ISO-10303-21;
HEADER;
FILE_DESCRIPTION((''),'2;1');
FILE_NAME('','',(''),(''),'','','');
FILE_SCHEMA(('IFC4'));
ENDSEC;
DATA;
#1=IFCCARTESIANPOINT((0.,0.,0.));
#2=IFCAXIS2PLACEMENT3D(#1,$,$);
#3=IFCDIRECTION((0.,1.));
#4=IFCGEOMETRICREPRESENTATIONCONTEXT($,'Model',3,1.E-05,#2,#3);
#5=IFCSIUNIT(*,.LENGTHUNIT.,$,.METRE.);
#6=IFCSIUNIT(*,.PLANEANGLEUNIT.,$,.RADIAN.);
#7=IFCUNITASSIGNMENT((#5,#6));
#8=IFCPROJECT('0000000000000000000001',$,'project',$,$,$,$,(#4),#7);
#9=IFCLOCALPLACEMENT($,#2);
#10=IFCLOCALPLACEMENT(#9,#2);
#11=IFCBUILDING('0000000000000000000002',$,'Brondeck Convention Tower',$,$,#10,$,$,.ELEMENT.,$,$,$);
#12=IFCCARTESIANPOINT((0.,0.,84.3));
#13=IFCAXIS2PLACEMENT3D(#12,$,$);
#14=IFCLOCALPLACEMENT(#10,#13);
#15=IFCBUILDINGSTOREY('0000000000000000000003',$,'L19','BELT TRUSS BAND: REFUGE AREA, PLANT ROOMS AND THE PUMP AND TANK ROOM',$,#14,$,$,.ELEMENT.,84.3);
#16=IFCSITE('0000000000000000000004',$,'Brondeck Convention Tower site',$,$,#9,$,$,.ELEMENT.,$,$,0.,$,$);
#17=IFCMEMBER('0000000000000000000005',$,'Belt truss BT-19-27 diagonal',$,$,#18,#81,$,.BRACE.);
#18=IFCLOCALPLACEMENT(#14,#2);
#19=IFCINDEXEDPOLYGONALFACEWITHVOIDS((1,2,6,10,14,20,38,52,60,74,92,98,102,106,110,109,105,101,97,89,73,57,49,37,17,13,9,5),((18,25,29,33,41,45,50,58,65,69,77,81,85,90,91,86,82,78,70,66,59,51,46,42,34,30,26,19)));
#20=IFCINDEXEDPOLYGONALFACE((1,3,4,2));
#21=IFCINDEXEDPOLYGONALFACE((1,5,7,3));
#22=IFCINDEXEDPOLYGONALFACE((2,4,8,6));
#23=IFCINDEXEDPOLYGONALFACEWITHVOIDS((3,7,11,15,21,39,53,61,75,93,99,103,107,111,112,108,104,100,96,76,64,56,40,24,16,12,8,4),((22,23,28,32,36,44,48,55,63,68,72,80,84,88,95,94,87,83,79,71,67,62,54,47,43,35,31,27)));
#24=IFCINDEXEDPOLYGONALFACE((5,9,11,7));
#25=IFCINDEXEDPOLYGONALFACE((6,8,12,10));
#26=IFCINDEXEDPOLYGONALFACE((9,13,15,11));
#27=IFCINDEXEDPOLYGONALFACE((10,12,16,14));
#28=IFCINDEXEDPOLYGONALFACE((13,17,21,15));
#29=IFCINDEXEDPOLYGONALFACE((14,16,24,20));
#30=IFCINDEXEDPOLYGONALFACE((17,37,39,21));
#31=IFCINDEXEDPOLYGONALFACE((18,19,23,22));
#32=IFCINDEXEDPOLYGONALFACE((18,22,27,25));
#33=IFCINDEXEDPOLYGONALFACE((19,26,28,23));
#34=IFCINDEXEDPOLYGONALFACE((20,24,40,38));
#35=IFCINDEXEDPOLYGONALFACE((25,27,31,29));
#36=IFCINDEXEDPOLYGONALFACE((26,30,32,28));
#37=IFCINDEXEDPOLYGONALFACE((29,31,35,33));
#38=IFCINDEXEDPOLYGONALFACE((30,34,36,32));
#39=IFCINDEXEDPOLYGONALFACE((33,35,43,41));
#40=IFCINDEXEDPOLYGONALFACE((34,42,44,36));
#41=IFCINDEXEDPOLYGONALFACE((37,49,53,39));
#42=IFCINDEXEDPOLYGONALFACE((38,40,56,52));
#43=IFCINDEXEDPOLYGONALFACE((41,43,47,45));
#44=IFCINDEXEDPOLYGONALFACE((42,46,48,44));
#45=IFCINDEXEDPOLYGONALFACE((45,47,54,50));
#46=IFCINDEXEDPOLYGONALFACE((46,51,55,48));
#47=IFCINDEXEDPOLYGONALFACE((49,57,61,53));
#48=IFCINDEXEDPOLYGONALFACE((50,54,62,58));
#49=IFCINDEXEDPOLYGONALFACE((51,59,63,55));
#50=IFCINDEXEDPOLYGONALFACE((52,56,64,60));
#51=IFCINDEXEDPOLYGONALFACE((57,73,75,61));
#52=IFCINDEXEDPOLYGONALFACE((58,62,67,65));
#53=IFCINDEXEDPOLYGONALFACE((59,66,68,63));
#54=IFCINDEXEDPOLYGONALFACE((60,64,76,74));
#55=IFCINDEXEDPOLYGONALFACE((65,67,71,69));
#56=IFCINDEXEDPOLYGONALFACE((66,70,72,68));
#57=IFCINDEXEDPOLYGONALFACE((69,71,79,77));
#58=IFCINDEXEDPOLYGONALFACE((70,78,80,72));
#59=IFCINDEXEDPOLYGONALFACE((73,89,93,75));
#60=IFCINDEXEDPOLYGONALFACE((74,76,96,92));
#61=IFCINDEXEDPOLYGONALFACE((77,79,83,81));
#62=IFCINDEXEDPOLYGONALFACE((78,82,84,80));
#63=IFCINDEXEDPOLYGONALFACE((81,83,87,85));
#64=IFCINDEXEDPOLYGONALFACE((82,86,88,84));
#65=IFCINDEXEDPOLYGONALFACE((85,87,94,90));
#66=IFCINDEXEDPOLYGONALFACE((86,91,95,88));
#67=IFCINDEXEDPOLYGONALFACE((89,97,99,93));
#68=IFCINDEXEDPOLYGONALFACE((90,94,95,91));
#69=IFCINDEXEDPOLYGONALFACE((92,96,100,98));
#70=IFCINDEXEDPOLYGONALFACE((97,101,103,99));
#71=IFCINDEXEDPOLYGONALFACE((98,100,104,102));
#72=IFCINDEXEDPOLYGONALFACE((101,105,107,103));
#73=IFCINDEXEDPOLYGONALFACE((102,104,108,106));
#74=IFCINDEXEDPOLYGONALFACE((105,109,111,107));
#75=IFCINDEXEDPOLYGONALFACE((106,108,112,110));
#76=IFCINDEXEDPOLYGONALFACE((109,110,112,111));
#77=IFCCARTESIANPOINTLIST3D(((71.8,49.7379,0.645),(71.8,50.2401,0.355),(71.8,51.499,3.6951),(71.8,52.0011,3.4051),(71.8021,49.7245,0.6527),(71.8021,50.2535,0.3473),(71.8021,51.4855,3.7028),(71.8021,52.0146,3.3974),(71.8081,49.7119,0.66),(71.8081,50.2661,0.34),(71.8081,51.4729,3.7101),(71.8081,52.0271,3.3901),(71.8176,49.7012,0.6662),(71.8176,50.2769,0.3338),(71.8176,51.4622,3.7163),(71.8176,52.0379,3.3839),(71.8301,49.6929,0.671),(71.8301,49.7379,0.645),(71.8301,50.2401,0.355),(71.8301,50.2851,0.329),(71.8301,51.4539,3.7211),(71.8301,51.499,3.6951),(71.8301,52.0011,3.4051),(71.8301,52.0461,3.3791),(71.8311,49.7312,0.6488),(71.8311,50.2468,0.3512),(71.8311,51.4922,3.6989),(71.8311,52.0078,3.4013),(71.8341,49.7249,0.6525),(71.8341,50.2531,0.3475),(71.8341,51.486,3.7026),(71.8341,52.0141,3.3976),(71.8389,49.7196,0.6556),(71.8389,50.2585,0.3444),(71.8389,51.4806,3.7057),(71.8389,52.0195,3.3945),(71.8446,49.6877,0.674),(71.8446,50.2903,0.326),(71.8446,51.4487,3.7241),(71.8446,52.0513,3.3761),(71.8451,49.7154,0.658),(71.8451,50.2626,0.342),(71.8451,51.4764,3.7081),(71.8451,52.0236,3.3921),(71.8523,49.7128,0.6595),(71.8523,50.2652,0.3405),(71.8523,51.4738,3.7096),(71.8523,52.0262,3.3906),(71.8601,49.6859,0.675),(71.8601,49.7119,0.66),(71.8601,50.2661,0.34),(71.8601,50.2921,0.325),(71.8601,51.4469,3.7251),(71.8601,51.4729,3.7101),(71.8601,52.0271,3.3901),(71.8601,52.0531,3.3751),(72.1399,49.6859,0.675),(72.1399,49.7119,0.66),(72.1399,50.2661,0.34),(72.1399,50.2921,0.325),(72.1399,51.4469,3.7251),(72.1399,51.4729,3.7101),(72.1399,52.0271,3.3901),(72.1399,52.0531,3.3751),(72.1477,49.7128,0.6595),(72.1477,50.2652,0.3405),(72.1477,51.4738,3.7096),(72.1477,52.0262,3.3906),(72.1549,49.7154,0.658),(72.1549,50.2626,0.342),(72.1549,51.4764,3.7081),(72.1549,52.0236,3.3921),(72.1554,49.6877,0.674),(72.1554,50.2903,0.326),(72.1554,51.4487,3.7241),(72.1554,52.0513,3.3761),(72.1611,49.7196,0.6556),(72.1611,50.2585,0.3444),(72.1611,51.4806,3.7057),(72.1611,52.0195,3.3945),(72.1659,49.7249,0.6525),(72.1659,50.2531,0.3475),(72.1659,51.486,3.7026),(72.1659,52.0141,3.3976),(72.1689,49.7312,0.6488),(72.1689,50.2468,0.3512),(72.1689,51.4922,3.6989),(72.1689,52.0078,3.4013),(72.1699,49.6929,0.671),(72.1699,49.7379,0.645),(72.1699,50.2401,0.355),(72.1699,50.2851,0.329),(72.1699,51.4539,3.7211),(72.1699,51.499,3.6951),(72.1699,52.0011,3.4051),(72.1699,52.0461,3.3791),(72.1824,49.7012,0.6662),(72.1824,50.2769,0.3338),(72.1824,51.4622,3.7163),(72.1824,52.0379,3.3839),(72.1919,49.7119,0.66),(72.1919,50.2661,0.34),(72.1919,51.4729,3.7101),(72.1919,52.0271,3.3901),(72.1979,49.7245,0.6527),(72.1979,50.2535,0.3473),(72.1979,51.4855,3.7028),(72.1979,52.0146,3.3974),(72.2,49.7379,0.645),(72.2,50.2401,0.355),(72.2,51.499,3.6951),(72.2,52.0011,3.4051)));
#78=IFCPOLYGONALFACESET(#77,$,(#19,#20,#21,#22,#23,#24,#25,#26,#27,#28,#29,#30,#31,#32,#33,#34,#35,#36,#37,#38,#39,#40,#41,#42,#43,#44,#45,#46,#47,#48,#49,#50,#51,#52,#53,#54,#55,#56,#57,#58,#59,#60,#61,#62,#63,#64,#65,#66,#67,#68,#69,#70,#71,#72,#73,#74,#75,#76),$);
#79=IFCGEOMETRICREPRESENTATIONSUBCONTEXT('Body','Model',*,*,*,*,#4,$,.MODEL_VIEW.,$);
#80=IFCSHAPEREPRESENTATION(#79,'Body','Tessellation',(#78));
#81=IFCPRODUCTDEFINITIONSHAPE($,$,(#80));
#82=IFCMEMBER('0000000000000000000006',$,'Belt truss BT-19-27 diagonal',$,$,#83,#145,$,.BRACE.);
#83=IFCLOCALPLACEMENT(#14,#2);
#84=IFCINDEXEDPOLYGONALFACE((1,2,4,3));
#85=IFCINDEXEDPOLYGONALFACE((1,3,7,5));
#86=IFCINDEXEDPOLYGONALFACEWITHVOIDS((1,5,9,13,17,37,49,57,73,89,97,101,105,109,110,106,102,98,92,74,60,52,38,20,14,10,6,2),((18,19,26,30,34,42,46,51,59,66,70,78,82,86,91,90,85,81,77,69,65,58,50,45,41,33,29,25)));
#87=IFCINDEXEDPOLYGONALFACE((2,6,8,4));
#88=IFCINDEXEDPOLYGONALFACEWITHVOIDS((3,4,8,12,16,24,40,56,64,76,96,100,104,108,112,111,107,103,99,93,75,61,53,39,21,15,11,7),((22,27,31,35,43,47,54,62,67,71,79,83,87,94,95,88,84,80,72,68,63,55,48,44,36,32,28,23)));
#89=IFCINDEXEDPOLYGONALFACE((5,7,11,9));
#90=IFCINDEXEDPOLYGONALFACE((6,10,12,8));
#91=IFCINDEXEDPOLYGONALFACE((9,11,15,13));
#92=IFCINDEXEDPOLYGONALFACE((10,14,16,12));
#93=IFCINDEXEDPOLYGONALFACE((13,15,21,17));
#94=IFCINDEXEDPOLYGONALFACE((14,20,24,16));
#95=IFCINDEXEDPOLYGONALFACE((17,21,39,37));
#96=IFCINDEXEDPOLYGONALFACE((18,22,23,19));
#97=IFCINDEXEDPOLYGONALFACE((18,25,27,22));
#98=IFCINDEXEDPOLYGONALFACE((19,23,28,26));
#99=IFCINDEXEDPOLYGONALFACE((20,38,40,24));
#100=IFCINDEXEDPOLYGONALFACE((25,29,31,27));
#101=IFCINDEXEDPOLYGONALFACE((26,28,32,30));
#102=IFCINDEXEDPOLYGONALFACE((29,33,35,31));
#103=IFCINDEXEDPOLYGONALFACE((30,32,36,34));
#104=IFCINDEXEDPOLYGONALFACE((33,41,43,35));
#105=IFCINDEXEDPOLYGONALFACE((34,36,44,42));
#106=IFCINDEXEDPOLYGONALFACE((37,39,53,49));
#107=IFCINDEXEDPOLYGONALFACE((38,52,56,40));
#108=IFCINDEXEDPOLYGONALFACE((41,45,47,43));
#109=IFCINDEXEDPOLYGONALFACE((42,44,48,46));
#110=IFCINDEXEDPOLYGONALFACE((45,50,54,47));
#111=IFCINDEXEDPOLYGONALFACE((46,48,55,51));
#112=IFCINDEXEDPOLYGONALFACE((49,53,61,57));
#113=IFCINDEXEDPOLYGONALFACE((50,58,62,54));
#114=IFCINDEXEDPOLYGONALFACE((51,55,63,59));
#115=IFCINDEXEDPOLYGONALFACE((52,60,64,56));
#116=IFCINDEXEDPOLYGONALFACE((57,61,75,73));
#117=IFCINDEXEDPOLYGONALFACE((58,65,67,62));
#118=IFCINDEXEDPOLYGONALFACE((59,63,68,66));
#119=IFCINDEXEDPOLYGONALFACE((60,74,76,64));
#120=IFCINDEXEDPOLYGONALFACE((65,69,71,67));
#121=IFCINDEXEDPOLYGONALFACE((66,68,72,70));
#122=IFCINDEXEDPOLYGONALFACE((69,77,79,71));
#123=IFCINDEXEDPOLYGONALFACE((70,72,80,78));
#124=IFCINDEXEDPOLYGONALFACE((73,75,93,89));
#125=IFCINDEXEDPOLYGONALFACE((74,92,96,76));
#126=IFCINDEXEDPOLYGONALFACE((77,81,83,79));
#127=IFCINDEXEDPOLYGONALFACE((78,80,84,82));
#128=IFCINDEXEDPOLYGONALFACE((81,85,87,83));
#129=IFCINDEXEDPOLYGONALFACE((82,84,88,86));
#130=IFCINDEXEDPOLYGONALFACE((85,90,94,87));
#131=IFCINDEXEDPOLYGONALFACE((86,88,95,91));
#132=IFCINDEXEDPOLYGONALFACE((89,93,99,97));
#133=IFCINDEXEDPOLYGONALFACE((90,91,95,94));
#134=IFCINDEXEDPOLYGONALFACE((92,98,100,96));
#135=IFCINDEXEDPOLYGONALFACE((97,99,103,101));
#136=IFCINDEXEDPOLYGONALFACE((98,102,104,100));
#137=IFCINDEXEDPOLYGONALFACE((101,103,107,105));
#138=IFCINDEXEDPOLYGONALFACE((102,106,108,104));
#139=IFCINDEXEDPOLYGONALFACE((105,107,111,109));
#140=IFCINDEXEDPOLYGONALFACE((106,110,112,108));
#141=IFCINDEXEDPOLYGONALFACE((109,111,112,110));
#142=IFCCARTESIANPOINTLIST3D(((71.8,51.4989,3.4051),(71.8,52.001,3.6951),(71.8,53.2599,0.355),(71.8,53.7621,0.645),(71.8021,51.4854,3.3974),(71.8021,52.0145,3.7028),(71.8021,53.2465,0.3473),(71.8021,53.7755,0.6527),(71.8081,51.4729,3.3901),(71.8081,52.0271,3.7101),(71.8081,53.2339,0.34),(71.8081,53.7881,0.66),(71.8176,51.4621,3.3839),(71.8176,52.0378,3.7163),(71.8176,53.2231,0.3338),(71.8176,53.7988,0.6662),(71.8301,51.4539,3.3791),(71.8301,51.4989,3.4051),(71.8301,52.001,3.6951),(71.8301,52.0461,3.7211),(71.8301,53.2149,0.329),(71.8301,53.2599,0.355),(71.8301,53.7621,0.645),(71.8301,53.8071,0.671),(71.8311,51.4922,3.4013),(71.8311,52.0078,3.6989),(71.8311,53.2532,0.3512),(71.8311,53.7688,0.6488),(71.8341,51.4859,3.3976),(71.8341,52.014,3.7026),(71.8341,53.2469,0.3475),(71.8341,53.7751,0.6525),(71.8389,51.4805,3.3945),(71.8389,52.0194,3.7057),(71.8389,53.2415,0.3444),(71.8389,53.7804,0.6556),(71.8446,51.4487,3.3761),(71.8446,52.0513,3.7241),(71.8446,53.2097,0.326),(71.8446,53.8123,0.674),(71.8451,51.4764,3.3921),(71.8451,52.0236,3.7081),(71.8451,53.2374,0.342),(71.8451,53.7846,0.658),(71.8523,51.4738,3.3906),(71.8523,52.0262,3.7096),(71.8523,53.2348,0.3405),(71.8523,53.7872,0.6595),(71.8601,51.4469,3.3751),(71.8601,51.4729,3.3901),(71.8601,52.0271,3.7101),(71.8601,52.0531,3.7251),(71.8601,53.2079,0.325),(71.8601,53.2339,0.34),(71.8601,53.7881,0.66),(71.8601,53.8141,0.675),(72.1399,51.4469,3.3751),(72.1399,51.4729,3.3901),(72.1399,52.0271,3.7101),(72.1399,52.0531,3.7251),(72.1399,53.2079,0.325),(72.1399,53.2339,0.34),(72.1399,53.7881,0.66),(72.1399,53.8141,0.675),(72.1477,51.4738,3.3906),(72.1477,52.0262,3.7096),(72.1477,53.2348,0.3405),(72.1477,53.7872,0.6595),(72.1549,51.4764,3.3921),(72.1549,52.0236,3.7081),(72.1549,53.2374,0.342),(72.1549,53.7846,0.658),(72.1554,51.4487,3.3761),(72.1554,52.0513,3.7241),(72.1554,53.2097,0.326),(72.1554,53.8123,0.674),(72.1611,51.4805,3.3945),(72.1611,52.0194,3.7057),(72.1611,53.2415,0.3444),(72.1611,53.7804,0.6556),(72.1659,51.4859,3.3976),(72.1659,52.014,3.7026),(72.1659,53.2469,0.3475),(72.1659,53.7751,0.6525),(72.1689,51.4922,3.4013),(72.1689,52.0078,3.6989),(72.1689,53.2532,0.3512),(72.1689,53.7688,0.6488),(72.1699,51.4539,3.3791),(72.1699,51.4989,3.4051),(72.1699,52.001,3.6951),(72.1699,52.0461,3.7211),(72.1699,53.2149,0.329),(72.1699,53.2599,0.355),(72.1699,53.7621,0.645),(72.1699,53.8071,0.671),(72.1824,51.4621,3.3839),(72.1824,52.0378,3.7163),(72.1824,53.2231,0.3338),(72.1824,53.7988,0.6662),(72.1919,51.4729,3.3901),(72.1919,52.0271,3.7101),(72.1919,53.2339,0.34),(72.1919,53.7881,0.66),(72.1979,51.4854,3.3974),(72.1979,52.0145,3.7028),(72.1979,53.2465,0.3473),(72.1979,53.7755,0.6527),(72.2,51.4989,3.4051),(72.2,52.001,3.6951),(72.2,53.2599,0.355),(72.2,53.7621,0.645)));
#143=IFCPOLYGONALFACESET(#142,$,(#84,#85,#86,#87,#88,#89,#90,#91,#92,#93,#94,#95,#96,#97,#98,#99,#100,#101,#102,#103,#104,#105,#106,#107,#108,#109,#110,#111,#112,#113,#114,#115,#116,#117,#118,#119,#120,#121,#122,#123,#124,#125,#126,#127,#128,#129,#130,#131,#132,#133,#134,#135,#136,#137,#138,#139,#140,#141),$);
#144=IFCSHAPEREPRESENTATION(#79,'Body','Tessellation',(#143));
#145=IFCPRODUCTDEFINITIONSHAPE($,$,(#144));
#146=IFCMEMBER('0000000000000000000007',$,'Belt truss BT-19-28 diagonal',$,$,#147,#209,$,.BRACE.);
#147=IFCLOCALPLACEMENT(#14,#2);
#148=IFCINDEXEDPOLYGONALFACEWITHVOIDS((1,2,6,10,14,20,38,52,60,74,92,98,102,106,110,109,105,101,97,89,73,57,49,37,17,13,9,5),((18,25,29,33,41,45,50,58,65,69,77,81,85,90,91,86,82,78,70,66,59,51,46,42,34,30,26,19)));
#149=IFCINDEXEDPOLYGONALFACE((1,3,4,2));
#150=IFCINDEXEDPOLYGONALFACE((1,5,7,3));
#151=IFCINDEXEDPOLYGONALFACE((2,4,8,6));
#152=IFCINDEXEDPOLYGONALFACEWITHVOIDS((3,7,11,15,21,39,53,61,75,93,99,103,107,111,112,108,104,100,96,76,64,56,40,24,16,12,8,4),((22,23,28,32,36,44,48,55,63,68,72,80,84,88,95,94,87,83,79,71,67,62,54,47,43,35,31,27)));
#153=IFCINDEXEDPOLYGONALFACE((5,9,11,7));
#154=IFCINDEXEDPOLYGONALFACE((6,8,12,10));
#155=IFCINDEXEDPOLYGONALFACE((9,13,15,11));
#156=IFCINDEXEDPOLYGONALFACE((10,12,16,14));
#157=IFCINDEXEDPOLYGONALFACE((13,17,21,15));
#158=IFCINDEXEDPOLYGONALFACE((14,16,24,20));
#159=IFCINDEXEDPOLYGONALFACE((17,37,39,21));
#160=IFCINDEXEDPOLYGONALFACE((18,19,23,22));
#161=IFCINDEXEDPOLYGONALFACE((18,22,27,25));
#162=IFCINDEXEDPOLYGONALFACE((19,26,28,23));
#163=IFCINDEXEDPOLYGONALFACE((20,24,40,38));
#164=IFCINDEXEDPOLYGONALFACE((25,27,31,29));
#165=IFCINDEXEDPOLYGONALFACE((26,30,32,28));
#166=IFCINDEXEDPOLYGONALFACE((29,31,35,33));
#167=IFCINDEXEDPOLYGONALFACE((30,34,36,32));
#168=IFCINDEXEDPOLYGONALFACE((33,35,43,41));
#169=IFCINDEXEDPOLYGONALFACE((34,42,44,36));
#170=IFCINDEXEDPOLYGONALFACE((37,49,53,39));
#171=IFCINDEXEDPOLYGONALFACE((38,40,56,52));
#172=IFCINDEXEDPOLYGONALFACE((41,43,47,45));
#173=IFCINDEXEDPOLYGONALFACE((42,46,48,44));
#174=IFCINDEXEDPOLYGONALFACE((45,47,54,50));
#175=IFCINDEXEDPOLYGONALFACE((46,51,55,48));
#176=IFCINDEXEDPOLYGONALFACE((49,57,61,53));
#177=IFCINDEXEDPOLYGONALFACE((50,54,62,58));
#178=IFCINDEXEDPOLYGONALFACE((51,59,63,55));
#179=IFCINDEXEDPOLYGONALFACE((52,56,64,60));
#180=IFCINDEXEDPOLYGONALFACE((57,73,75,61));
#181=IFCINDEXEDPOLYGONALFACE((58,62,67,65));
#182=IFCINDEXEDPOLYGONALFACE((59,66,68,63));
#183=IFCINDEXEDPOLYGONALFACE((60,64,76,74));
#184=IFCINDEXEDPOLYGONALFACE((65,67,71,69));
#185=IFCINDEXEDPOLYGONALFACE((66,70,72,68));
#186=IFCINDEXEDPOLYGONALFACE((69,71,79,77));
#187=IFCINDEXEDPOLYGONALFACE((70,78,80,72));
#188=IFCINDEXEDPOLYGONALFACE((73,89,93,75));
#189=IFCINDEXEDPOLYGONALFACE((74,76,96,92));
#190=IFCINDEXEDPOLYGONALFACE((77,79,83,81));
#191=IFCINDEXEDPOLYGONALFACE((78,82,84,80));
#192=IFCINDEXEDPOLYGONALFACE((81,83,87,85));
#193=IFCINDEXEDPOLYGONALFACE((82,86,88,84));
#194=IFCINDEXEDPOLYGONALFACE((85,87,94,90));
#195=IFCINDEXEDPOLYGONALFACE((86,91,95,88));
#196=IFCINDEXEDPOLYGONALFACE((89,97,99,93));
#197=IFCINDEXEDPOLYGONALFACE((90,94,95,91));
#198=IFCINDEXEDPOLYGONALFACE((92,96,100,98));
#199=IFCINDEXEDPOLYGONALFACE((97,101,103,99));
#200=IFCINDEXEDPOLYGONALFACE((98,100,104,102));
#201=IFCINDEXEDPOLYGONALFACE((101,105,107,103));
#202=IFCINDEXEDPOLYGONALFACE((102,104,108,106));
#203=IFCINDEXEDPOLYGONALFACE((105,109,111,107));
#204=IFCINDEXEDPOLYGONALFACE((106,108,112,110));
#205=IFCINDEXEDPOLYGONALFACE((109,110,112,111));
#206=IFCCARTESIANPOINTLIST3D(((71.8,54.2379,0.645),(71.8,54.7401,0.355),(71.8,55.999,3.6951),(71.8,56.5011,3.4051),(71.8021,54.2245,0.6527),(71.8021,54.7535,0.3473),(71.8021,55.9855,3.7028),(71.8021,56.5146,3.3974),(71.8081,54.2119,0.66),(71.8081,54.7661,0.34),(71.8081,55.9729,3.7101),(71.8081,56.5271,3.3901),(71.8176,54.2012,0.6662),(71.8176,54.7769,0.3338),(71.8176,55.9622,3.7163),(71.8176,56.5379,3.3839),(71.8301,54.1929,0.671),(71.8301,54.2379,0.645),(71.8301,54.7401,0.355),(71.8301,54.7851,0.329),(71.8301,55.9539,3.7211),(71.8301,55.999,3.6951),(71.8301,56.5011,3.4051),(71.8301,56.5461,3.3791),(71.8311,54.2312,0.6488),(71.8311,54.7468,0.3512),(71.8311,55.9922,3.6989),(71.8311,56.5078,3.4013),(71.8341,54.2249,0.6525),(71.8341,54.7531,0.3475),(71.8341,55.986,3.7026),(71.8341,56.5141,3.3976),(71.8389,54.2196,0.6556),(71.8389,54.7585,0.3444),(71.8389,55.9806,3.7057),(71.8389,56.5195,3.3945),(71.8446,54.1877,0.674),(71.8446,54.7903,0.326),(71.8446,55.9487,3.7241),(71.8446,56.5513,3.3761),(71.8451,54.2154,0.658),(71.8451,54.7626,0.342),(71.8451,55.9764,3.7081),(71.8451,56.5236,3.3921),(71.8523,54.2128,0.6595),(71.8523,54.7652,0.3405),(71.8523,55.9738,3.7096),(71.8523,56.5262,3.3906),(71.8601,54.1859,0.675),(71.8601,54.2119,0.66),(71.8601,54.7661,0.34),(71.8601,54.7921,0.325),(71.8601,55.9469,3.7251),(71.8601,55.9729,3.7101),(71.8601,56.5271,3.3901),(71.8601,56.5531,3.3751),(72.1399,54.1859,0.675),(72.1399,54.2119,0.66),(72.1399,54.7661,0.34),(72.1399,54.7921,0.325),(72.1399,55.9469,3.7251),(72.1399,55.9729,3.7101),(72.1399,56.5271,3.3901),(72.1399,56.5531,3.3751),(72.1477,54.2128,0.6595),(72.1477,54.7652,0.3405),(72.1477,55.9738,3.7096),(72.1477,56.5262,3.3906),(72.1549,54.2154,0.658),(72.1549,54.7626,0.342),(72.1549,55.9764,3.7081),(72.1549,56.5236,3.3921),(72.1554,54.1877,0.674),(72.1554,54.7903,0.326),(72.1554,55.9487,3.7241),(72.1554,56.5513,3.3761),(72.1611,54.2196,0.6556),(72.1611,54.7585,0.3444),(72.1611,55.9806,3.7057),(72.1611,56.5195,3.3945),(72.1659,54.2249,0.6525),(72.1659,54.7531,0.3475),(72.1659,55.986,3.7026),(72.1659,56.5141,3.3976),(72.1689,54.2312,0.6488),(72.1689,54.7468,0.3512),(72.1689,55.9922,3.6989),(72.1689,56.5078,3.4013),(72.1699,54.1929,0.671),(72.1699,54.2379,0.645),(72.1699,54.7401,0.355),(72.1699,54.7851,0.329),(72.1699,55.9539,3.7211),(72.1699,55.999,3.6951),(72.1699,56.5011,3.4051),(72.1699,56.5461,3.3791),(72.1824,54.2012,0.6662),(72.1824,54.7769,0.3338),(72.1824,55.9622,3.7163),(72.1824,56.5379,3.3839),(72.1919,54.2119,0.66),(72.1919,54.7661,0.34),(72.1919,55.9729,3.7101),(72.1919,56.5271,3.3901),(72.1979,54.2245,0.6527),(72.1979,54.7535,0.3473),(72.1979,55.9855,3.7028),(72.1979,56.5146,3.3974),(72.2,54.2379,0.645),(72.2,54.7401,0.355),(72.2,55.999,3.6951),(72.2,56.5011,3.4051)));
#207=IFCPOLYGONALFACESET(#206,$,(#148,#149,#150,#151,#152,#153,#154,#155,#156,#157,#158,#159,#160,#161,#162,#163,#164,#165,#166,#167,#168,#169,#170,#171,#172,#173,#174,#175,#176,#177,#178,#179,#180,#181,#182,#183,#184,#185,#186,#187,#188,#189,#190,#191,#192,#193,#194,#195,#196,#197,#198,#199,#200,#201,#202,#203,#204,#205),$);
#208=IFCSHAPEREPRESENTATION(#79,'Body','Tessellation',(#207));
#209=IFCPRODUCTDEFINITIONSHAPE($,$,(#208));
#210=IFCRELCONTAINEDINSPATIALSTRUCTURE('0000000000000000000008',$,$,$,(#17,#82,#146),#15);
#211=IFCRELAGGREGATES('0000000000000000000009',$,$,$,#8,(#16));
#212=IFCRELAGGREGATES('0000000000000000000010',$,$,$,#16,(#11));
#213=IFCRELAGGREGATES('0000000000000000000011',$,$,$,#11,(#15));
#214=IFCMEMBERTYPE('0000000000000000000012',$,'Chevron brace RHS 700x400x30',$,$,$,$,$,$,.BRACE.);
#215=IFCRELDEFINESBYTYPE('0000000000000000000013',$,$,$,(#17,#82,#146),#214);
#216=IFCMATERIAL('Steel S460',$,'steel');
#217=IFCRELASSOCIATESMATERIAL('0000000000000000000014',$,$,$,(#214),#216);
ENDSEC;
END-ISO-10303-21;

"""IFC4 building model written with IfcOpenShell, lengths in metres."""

from ifc_helpers import new_model, si_unit, direction, frame, origin, origin_2d, place, context, subcontext, project, spatial, hollow_rectangle, extrude, material, material_profile, profile_set, type_object, element, save


model = new_model("IFC4")

# Units and contexts
model_context = context("Model", 3, precision=1e-05, world=origin(), true_north=direction((0.0, 1.0)))
body_context = subcontext(model_context, "Body", "Model", "MODEL_VIEW")
ifc_project = project(units=[si_unit("LENGTHUNIT", "METRE"), si_unit("PLANEANGLEUNIT", "RADIAN")], contexts=[model_context])

# Site, building, storey
site_placement = place(None, origin())
site = spatial("IfcSite", under=ifc_project, at=site_placement, Name="Brondeck Convention Tower site", CompositionType="ELEMENT", RefElevation=0.0)
building_placement = place(site_placement, origin())
building = spatial("IfcBuilding", under=site, at=building_placement, Name="Brondeck Convention Tower", CompositionType="ELEMENT")
storey_placement = place(building_placement, frame((0.0, 0.0, 84.3)))
storey = spatial("IfcBuildingStorey", under=building, at=storey_placement, Name="L19", Description="BELT TRUSS BAND: REFUGE AREA, PLANT ROOMS AND THE PUMP AND TANK ROOM", CompositionType="ELEMENT", Elevation=84.3)

# Members
ifc_material_1 = material(Name="Steel S460", Category="steel")
ifc_material_profile_1 = material_profile(ifc_material_1, hollow_rectangle(XDim=0.3999, YDim=0.7, WallThickness=0.03, InnerFilletRadius=0.03, OuterFilletRadius=0.0601, at=origin_2d()), Name="RHS 700x400x30")
ifc_profile_set_1 = profile_set([ifc_material_profile_1], Name="Steel S460")
member_type_1 = type_object("IfcMemberType", Name="Chevron brace RHS 700x400x30", PredefinedType="BRACE", material=ifc_profile_set_1)
for number, where, z_axis, x_axis, name in (
    (1, (72.0, 49.989, 0.5), (0.0, 0.500008, 0.866021), (-1.0, 0.0, 0.0), "Belt truss BT-19-27 diagonal"),
    (2, (72.0, 53.511, 0.5), (0.0, -0.500008, 0.866021), (1.0, 0.0, 0.0), "Belt truss BT-19-27 diagonal"),
    (3, (72.0, 54.489, 0.5), (0.0, 0.500008, 0.866021), (-1.0, 0.0, 0.0), "Belt truss BT-19-28 diagonal"),
):
    element("IfcMember", number, at=place(storey_placement, frame(where, z_axis=z_axis, x_axis=x_axis)), inside=storey, type_object=member_type_1, Name=name, PredefinedType="BRACE", context=body_context, shape_type="SweptSolid", body=[
        extrude(hollow_rectangle(XDim=0.3999, YDim=0.7, WallThickness=0.03, InnerFilletRadius=0.03, OuterFilletRadius=0.0601, at=origin_2d()), origin(), (0.0, 0.0, 1.0), 3.522),
    ])

save(model, "model.ifc")
